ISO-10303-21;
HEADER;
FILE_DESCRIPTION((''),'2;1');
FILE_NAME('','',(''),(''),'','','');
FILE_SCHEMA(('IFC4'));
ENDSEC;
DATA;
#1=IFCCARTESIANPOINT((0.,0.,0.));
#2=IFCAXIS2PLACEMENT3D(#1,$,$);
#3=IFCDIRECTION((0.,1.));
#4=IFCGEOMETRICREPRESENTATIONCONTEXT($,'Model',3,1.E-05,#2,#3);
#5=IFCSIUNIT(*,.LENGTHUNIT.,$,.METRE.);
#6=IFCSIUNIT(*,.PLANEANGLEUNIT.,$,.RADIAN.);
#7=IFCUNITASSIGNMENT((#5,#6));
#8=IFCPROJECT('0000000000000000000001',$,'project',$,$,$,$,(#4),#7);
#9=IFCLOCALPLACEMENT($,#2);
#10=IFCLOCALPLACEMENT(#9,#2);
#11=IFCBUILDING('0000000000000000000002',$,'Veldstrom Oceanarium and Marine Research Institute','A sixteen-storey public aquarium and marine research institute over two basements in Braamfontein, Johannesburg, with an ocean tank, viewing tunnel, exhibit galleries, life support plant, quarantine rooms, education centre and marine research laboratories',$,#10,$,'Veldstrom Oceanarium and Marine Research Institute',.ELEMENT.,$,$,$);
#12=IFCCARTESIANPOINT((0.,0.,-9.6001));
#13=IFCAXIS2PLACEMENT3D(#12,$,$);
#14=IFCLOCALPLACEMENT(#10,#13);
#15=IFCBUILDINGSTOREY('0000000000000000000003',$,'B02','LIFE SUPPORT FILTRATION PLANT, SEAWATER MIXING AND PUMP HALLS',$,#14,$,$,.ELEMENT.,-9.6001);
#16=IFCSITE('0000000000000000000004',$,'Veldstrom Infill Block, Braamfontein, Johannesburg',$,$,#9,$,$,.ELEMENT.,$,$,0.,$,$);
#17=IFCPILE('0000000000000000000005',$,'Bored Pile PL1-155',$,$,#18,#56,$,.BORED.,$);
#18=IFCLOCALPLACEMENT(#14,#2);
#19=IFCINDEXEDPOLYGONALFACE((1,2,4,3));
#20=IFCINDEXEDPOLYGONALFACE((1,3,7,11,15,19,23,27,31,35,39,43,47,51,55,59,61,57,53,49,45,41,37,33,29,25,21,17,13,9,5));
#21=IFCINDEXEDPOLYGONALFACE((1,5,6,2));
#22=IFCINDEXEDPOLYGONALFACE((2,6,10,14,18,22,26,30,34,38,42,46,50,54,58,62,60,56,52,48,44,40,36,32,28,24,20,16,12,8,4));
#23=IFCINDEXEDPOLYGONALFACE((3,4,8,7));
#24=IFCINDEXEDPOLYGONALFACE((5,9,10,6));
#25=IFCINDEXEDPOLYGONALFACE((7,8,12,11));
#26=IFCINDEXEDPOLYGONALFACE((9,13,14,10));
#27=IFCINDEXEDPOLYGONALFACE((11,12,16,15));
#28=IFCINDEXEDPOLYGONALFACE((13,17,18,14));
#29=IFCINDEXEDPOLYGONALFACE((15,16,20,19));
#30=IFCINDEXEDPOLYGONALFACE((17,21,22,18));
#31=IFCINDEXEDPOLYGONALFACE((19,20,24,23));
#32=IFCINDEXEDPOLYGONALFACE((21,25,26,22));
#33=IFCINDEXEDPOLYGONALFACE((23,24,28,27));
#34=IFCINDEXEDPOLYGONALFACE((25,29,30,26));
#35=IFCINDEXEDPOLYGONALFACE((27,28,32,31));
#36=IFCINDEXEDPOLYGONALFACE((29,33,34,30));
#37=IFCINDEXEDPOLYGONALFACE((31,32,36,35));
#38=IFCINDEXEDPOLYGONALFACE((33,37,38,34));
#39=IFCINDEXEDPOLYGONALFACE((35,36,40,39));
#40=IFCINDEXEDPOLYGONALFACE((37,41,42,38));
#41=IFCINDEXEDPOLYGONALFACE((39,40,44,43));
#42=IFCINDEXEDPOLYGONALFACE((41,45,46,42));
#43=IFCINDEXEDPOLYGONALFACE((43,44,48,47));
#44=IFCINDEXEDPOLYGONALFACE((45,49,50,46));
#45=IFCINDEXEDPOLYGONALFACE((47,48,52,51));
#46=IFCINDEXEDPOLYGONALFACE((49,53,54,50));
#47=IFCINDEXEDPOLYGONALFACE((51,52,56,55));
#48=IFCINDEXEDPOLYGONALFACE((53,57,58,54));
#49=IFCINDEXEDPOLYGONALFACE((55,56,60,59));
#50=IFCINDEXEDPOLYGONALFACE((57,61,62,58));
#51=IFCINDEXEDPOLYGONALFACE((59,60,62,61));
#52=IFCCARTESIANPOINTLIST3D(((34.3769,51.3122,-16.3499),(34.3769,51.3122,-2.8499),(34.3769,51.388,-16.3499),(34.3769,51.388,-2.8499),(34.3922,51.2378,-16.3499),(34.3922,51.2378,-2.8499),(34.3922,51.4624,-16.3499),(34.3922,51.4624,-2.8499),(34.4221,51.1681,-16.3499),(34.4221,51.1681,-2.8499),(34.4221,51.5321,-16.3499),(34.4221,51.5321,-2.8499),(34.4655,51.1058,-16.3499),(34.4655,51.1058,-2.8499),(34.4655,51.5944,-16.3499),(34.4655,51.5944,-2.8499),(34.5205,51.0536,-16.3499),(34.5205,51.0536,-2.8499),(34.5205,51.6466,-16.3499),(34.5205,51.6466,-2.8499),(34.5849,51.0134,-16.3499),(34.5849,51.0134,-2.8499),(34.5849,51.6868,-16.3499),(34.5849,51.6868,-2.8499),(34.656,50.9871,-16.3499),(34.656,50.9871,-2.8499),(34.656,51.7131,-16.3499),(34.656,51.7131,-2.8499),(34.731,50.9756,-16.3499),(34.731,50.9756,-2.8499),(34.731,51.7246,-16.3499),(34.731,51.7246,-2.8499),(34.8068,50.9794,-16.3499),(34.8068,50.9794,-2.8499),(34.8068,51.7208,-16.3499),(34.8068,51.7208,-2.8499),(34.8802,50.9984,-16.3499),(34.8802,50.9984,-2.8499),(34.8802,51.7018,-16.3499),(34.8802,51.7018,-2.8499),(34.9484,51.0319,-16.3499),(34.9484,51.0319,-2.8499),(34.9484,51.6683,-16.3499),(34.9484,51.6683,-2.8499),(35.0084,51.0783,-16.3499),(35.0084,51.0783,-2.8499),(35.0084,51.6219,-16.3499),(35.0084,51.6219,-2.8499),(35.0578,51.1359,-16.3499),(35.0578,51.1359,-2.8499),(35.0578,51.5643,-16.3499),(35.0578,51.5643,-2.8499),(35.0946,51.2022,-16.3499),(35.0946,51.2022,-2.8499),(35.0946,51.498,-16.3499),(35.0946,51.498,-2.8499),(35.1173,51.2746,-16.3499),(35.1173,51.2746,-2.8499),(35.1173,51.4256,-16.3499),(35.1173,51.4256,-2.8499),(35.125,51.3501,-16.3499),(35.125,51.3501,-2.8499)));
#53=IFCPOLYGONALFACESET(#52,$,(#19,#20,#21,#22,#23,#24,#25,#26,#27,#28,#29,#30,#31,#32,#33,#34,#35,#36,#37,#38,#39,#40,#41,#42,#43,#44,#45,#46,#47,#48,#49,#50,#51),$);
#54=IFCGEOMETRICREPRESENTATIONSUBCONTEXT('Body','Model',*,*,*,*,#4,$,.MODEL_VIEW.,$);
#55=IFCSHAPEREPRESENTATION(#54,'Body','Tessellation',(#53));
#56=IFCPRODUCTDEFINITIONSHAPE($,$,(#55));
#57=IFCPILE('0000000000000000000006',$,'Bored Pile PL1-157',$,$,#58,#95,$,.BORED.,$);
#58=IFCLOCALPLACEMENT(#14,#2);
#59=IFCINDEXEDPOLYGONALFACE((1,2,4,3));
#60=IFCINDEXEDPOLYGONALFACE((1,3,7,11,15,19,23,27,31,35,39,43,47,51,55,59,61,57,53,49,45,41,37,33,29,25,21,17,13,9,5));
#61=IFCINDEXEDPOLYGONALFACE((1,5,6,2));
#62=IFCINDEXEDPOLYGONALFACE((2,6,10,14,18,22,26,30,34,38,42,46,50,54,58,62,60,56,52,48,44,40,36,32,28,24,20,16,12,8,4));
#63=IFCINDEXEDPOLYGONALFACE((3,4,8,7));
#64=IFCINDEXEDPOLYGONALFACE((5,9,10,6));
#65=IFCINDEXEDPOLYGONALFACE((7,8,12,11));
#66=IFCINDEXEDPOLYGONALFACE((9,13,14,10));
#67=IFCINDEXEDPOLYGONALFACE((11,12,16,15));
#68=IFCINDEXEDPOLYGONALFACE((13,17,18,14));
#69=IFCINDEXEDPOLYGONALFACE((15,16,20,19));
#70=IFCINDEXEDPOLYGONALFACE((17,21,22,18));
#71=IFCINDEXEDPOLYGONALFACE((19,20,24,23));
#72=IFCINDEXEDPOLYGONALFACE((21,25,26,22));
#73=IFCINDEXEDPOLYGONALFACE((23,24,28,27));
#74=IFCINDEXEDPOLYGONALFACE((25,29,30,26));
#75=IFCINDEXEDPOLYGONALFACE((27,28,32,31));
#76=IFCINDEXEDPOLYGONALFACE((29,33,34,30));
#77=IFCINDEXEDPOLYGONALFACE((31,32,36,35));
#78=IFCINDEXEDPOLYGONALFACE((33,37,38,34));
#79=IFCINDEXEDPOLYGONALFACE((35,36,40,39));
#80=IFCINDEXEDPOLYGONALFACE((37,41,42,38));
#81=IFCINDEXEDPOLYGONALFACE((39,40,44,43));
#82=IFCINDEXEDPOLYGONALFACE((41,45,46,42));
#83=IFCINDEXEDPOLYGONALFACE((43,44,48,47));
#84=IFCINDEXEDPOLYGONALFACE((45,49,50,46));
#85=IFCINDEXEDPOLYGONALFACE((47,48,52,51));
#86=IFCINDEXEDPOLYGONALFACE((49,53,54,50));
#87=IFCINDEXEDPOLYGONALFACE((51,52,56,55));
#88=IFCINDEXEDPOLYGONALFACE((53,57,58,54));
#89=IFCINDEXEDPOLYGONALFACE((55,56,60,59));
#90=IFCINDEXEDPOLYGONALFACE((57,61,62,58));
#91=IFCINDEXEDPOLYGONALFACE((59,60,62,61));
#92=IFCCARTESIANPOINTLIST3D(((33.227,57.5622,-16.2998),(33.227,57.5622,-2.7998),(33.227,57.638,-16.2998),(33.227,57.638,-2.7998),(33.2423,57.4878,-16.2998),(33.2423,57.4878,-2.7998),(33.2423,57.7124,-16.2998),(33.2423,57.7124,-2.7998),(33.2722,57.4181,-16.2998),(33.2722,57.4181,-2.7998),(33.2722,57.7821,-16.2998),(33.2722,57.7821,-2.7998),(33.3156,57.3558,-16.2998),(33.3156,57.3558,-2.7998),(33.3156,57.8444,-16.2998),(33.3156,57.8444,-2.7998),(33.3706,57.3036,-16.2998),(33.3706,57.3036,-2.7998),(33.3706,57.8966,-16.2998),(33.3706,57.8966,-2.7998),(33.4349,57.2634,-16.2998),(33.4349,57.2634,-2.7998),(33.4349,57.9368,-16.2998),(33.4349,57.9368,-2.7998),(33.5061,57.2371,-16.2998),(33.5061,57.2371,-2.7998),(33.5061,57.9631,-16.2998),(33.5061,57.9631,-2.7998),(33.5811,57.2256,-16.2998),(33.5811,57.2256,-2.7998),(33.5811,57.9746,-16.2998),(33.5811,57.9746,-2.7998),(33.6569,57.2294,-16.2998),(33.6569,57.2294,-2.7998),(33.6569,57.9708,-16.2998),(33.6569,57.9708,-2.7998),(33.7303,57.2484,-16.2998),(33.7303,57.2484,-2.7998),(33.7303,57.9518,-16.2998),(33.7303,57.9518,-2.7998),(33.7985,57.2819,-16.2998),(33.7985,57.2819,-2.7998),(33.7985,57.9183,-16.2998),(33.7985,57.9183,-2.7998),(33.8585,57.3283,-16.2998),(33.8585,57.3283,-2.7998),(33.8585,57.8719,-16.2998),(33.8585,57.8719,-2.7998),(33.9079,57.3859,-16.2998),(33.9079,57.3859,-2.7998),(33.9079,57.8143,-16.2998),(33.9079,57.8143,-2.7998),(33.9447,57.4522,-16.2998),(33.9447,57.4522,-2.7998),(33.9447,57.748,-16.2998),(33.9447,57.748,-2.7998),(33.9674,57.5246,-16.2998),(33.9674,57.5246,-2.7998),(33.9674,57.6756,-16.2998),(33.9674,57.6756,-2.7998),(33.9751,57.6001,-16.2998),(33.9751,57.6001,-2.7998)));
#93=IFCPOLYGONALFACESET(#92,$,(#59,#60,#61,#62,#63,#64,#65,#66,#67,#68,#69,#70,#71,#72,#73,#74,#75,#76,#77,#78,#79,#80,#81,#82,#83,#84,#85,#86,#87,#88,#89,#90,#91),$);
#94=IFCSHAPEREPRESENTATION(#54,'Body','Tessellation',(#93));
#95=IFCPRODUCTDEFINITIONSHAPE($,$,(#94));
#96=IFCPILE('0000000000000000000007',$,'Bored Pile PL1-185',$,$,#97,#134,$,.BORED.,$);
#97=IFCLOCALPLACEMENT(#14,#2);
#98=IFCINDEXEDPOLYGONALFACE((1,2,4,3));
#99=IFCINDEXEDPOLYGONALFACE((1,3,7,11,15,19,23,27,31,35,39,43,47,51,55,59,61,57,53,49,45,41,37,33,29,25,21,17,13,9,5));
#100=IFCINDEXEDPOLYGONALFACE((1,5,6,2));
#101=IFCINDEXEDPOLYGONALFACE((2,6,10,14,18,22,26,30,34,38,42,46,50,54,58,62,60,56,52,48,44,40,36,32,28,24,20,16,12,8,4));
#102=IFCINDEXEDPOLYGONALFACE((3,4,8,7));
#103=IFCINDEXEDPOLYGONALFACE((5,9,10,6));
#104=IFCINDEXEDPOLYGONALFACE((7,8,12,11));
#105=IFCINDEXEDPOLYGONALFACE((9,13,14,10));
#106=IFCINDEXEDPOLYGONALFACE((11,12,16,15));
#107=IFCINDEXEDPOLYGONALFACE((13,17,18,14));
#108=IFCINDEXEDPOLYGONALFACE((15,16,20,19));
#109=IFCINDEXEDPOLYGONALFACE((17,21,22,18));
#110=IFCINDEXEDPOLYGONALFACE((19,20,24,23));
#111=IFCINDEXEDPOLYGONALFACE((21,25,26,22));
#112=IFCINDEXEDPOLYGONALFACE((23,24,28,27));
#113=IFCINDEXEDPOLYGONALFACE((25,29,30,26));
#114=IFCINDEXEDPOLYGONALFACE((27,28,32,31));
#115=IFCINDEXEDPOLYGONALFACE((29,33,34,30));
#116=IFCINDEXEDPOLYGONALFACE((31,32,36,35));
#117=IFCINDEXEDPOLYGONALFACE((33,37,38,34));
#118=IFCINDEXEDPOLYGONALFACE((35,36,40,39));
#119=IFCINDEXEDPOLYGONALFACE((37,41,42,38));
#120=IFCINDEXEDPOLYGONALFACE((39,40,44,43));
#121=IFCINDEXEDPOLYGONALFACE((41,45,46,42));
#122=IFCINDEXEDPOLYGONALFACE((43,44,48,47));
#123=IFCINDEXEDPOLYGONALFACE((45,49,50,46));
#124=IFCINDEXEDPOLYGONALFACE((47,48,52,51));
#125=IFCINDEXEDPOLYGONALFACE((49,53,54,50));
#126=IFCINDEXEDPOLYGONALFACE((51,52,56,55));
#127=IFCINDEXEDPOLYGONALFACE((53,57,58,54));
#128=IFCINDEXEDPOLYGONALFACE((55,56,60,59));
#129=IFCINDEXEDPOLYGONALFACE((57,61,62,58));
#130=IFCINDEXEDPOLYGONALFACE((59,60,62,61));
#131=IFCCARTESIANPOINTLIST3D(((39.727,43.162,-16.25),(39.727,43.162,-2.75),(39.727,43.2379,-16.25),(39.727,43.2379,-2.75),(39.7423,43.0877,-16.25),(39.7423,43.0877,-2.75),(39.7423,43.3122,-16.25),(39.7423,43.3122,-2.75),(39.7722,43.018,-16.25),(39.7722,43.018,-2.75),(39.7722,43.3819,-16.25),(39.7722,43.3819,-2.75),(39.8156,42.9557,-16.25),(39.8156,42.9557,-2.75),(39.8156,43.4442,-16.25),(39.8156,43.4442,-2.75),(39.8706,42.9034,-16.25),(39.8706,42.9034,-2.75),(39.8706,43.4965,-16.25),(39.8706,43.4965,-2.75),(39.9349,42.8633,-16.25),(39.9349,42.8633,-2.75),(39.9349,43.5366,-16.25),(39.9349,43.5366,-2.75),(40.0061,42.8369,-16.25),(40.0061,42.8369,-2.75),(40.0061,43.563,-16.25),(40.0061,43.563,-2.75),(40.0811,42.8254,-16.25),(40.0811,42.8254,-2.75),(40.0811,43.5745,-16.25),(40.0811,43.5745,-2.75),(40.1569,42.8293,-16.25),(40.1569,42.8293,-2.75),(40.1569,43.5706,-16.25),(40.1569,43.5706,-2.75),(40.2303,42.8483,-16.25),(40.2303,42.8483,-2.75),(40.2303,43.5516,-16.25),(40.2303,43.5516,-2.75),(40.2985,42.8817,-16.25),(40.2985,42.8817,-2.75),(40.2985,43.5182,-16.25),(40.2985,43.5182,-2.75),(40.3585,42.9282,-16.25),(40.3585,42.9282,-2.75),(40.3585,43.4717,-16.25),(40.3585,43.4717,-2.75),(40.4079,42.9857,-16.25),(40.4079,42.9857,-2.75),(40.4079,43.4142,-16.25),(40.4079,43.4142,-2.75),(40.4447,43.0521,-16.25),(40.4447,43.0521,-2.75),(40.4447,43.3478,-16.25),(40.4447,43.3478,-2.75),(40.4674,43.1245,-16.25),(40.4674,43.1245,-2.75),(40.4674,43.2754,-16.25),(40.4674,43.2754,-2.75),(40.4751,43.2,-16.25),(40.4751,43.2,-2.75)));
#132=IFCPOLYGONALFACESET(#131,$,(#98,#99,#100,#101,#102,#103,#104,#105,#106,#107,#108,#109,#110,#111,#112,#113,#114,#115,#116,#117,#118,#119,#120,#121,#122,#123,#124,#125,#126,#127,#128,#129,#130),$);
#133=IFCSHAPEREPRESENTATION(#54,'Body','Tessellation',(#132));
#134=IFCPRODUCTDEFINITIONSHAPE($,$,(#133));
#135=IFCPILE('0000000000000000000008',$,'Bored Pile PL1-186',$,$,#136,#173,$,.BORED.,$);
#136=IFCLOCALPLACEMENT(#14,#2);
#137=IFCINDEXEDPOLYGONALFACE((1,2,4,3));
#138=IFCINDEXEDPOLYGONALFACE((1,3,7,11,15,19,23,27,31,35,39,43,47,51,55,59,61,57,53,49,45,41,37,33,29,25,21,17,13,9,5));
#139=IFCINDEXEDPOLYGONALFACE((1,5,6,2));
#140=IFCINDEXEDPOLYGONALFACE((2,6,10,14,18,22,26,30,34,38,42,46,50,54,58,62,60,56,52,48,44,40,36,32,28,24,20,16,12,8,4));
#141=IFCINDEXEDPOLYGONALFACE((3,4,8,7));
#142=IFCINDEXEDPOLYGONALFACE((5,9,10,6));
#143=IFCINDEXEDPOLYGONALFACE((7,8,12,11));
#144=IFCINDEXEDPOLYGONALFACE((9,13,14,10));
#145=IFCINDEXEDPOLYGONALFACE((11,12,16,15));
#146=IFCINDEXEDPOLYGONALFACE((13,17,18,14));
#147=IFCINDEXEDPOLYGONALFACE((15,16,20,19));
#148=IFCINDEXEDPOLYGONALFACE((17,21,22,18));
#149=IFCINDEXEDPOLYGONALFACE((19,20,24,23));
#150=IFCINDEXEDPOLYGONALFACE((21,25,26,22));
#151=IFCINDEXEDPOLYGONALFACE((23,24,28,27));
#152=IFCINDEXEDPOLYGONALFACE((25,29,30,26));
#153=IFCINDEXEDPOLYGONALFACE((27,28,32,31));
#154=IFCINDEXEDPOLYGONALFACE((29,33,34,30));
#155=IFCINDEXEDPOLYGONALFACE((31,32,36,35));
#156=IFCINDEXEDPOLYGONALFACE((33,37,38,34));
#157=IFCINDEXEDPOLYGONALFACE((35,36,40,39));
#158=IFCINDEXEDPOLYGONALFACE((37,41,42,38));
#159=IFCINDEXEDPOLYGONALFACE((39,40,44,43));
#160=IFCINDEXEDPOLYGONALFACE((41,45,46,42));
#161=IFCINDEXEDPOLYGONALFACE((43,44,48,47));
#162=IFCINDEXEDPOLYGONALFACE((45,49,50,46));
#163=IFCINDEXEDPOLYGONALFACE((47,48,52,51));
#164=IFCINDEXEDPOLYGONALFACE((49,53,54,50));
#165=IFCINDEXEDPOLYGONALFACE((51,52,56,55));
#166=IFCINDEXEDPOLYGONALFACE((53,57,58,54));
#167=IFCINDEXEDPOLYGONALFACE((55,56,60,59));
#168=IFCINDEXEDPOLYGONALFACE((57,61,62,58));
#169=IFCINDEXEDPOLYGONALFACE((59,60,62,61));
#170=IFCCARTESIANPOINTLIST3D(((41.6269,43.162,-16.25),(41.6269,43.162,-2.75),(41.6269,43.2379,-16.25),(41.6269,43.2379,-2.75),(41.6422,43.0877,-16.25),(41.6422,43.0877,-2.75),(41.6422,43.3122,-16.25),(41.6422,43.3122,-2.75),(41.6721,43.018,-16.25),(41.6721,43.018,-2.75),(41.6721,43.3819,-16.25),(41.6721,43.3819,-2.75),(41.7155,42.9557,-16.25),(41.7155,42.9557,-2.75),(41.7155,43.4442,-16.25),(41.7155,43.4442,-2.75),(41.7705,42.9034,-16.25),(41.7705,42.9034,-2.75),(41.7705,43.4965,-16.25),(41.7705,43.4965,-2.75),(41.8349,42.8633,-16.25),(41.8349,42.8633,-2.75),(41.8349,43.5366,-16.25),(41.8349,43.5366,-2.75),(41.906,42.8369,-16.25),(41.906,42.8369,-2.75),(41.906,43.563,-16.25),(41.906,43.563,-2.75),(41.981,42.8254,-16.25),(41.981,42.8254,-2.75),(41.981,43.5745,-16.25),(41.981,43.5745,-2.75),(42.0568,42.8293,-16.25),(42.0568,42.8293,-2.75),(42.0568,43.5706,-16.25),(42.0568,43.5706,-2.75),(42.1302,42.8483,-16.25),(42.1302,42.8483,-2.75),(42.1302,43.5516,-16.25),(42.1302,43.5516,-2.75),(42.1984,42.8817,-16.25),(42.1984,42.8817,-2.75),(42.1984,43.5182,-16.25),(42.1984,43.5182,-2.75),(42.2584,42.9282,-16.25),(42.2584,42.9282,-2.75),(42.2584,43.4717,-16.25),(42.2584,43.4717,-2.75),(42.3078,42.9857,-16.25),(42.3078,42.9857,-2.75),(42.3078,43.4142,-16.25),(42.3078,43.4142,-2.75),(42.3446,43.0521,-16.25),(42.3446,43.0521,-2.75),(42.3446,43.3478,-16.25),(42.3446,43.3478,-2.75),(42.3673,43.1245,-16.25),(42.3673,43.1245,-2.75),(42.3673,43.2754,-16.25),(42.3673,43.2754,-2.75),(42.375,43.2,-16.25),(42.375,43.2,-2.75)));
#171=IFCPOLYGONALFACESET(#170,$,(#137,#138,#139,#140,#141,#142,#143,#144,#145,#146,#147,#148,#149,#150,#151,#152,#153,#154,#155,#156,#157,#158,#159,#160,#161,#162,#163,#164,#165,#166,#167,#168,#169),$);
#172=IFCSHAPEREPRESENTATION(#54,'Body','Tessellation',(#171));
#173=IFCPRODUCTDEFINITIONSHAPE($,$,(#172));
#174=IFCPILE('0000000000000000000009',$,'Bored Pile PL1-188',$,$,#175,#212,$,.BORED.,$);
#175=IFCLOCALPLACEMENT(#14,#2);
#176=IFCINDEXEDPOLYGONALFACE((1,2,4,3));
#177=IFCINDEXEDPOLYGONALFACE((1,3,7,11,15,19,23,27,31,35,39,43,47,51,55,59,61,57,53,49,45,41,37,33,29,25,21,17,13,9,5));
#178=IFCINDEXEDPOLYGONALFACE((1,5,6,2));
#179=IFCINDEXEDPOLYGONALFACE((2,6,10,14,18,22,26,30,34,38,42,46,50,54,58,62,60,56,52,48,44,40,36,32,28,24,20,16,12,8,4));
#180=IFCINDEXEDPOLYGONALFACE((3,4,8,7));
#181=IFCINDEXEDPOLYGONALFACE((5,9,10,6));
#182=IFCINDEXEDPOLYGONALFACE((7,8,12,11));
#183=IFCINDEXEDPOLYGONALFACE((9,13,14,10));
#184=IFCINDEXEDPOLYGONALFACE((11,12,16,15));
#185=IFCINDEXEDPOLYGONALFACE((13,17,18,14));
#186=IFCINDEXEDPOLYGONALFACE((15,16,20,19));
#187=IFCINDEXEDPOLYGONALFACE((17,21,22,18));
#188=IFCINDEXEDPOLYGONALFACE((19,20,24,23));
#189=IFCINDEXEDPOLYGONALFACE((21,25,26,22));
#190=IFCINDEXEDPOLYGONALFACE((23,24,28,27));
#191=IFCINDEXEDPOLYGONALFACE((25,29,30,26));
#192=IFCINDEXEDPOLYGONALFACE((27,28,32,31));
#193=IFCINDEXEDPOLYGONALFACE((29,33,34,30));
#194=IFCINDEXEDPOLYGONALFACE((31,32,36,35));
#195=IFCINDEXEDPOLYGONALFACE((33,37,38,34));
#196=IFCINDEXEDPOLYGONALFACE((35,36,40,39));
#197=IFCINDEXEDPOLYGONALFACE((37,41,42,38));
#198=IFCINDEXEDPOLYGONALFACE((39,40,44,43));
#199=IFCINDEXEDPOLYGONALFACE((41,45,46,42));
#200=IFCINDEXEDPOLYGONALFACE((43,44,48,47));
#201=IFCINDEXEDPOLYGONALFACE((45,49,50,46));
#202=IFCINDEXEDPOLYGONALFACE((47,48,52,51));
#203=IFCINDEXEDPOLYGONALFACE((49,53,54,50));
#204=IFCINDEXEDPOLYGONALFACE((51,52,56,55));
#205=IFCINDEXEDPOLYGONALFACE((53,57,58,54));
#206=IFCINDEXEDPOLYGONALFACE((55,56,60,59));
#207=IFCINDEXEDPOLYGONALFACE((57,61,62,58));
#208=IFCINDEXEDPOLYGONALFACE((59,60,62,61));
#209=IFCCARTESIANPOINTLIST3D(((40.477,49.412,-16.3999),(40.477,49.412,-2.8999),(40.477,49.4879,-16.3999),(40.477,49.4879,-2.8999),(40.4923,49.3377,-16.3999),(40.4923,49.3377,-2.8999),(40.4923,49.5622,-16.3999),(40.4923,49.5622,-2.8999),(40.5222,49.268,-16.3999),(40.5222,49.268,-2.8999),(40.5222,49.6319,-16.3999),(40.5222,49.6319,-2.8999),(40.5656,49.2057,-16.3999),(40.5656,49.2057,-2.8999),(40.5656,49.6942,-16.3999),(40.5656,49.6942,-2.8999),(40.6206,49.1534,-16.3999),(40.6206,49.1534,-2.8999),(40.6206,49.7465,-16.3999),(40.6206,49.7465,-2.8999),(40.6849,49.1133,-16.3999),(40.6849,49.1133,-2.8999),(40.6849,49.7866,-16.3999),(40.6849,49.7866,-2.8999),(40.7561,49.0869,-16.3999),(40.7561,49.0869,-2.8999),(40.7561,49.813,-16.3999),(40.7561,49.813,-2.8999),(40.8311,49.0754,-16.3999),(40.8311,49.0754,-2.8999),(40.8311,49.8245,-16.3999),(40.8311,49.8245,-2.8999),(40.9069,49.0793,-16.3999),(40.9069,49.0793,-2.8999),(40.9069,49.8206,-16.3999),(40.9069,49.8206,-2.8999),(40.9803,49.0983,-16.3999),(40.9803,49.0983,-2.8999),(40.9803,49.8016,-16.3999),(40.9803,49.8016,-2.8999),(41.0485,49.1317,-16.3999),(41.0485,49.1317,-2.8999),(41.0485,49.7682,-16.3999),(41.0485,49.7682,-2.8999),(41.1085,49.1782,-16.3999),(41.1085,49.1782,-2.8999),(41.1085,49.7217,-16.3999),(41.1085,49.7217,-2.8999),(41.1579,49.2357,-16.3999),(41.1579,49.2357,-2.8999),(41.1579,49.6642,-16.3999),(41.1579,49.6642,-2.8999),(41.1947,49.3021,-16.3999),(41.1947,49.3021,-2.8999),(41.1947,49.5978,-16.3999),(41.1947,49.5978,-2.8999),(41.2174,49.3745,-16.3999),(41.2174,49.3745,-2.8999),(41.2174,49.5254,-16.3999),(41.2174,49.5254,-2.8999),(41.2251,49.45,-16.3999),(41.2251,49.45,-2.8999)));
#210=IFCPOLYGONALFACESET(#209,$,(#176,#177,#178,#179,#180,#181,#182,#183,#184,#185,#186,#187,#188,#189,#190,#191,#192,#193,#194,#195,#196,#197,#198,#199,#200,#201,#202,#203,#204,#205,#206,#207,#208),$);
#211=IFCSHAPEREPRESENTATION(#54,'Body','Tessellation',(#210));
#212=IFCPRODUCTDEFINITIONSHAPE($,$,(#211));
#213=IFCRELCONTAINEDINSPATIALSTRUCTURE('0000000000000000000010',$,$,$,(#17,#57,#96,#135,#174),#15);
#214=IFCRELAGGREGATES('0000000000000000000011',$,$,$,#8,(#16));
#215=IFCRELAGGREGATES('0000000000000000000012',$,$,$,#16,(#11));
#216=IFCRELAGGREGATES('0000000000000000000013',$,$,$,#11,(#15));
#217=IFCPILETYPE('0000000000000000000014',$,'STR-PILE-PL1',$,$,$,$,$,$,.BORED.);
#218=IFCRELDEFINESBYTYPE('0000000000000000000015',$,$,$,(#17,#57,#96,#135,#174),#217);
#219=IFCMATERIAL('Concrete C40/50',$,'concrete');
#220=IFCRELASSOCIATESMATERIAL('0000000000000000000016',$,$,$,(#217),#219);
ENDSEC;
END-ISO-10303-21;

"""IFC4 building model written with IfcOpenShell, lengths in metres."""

from ifc_helpers import new_model, si_unit, direction, frame, origin, origin_2d, place, context, subcontext, project, spatial, circle, extrude, material, material_profile, profile_set, type_object, element, save


model = new_model("IFC4")

# Units and contexts
model_context = context("Model", 3, precision=1e-05, world=origin(), true_north=direction((0.0, 1.0)))
body_context = subcontext(model_context, "Body", "Model", "MODEL_VIEW")
ifc_project = project(units=[si_unit("LENGTHUNIT", "METRE"), si_unit("PLANEANGLEUNIT", "RADIAN")], contexts=[model_context])

# Site, building, storey
site_placement = place(None, origin())
site = spatial("IfcSite", under=ifc_project, at=site_placement, Name="Veldstrom Infill Block, Braamfontein, Johannesburg", CompositionType="ELEMENT", RefElevation=0.0)
building_placement = place(site_placement, origin())
building = spatial("IfcBuilding", under=site, at=building_placement, Name="Veldstrom Oceanarium and Marine Research Institute", Description="A sixteen-storey public aquarium and marine research institute over two basements in Braamfontein, Johannesburg, with an ocean tank, viewing tunnel, exhibit galleries, life support plant, quarantine rooms, education centre and marine research laboratories", LongName="Veldstrom Oceanarium and Marine Research Institute", CompositionType="ELEMENT")
storey_placement = place(building_placement, frame((0.0, 0.0, -9.6001)))
storey = spatial("IfcBuildingStorey", under=building, at=storey_placement, Name="B02", Description="LIFE SUPPORT FILTRATION PLANT, SEAWATER MIXING AND PUMP HALLS", CompositionType="ELEMENT", Elevation=-9.6001)

# Piles
ifc_material_1 = material(Name="Concrete C40/50", Category="concrete")
ifc_material_profile_1 = material_profile(ifc_material_1, circle(Radius=0.375, at=origin_2d()), Name="PILE-D750")
ifc_profile_set_1 = profile_set([ifc_material_profile_1], Name="Concrete C40/50")
pile_type = type_object("IfcPileType", Name="STR-PILE-PL1", PredefinedType="BORED", material=ifc_profile_set_1)
for number, where, z_axis, x_axis, name in (
    (1, (34.75, 51.3501, -2.8499), (0.0, 0.0, -1.0), (1.0, 0.0, 0.0), "Bored Pile PL1-155"),
    (2, (33.6001, 57.6001, -2.7998), (0.0, 0.0, -1.0), (1.0, 0.0, 0.0), "Bored Pile PL1-157"),
    (3, (40.1001, 43.2, -2.75), (0.0, 0.0, -1.0), (1.0, 0.0, 0.0), "Bored Pile PL1-185"),
    (4, (42.0, 43.2, -2.75), (0.0, 0.0, -1.0), (1.0, 0.0, 0.0), "Bored Pile PL1-186"),
    (5, (40.8501, 49.45, -2.8999), (0.0, 0.0, -1.0), (1.0, 0.0, 0.0), "Bored Pile PL1-188"),
):
    element("IfcPile", number, at=place(storey_placement, frame(where, z_axis=z_axis, x_axis=x_axis)), inside=storey, type_object=pile_type, Name=name, PredefinedType="BORED", context=body_context, shape_type="SweptSolid", body=[
        extrude(circle(Radius=0.375, at=origin_2d()), origin(), (0.0, 0.0, 1.0), 13.5),
    ])

save(model, "model.ifc")
